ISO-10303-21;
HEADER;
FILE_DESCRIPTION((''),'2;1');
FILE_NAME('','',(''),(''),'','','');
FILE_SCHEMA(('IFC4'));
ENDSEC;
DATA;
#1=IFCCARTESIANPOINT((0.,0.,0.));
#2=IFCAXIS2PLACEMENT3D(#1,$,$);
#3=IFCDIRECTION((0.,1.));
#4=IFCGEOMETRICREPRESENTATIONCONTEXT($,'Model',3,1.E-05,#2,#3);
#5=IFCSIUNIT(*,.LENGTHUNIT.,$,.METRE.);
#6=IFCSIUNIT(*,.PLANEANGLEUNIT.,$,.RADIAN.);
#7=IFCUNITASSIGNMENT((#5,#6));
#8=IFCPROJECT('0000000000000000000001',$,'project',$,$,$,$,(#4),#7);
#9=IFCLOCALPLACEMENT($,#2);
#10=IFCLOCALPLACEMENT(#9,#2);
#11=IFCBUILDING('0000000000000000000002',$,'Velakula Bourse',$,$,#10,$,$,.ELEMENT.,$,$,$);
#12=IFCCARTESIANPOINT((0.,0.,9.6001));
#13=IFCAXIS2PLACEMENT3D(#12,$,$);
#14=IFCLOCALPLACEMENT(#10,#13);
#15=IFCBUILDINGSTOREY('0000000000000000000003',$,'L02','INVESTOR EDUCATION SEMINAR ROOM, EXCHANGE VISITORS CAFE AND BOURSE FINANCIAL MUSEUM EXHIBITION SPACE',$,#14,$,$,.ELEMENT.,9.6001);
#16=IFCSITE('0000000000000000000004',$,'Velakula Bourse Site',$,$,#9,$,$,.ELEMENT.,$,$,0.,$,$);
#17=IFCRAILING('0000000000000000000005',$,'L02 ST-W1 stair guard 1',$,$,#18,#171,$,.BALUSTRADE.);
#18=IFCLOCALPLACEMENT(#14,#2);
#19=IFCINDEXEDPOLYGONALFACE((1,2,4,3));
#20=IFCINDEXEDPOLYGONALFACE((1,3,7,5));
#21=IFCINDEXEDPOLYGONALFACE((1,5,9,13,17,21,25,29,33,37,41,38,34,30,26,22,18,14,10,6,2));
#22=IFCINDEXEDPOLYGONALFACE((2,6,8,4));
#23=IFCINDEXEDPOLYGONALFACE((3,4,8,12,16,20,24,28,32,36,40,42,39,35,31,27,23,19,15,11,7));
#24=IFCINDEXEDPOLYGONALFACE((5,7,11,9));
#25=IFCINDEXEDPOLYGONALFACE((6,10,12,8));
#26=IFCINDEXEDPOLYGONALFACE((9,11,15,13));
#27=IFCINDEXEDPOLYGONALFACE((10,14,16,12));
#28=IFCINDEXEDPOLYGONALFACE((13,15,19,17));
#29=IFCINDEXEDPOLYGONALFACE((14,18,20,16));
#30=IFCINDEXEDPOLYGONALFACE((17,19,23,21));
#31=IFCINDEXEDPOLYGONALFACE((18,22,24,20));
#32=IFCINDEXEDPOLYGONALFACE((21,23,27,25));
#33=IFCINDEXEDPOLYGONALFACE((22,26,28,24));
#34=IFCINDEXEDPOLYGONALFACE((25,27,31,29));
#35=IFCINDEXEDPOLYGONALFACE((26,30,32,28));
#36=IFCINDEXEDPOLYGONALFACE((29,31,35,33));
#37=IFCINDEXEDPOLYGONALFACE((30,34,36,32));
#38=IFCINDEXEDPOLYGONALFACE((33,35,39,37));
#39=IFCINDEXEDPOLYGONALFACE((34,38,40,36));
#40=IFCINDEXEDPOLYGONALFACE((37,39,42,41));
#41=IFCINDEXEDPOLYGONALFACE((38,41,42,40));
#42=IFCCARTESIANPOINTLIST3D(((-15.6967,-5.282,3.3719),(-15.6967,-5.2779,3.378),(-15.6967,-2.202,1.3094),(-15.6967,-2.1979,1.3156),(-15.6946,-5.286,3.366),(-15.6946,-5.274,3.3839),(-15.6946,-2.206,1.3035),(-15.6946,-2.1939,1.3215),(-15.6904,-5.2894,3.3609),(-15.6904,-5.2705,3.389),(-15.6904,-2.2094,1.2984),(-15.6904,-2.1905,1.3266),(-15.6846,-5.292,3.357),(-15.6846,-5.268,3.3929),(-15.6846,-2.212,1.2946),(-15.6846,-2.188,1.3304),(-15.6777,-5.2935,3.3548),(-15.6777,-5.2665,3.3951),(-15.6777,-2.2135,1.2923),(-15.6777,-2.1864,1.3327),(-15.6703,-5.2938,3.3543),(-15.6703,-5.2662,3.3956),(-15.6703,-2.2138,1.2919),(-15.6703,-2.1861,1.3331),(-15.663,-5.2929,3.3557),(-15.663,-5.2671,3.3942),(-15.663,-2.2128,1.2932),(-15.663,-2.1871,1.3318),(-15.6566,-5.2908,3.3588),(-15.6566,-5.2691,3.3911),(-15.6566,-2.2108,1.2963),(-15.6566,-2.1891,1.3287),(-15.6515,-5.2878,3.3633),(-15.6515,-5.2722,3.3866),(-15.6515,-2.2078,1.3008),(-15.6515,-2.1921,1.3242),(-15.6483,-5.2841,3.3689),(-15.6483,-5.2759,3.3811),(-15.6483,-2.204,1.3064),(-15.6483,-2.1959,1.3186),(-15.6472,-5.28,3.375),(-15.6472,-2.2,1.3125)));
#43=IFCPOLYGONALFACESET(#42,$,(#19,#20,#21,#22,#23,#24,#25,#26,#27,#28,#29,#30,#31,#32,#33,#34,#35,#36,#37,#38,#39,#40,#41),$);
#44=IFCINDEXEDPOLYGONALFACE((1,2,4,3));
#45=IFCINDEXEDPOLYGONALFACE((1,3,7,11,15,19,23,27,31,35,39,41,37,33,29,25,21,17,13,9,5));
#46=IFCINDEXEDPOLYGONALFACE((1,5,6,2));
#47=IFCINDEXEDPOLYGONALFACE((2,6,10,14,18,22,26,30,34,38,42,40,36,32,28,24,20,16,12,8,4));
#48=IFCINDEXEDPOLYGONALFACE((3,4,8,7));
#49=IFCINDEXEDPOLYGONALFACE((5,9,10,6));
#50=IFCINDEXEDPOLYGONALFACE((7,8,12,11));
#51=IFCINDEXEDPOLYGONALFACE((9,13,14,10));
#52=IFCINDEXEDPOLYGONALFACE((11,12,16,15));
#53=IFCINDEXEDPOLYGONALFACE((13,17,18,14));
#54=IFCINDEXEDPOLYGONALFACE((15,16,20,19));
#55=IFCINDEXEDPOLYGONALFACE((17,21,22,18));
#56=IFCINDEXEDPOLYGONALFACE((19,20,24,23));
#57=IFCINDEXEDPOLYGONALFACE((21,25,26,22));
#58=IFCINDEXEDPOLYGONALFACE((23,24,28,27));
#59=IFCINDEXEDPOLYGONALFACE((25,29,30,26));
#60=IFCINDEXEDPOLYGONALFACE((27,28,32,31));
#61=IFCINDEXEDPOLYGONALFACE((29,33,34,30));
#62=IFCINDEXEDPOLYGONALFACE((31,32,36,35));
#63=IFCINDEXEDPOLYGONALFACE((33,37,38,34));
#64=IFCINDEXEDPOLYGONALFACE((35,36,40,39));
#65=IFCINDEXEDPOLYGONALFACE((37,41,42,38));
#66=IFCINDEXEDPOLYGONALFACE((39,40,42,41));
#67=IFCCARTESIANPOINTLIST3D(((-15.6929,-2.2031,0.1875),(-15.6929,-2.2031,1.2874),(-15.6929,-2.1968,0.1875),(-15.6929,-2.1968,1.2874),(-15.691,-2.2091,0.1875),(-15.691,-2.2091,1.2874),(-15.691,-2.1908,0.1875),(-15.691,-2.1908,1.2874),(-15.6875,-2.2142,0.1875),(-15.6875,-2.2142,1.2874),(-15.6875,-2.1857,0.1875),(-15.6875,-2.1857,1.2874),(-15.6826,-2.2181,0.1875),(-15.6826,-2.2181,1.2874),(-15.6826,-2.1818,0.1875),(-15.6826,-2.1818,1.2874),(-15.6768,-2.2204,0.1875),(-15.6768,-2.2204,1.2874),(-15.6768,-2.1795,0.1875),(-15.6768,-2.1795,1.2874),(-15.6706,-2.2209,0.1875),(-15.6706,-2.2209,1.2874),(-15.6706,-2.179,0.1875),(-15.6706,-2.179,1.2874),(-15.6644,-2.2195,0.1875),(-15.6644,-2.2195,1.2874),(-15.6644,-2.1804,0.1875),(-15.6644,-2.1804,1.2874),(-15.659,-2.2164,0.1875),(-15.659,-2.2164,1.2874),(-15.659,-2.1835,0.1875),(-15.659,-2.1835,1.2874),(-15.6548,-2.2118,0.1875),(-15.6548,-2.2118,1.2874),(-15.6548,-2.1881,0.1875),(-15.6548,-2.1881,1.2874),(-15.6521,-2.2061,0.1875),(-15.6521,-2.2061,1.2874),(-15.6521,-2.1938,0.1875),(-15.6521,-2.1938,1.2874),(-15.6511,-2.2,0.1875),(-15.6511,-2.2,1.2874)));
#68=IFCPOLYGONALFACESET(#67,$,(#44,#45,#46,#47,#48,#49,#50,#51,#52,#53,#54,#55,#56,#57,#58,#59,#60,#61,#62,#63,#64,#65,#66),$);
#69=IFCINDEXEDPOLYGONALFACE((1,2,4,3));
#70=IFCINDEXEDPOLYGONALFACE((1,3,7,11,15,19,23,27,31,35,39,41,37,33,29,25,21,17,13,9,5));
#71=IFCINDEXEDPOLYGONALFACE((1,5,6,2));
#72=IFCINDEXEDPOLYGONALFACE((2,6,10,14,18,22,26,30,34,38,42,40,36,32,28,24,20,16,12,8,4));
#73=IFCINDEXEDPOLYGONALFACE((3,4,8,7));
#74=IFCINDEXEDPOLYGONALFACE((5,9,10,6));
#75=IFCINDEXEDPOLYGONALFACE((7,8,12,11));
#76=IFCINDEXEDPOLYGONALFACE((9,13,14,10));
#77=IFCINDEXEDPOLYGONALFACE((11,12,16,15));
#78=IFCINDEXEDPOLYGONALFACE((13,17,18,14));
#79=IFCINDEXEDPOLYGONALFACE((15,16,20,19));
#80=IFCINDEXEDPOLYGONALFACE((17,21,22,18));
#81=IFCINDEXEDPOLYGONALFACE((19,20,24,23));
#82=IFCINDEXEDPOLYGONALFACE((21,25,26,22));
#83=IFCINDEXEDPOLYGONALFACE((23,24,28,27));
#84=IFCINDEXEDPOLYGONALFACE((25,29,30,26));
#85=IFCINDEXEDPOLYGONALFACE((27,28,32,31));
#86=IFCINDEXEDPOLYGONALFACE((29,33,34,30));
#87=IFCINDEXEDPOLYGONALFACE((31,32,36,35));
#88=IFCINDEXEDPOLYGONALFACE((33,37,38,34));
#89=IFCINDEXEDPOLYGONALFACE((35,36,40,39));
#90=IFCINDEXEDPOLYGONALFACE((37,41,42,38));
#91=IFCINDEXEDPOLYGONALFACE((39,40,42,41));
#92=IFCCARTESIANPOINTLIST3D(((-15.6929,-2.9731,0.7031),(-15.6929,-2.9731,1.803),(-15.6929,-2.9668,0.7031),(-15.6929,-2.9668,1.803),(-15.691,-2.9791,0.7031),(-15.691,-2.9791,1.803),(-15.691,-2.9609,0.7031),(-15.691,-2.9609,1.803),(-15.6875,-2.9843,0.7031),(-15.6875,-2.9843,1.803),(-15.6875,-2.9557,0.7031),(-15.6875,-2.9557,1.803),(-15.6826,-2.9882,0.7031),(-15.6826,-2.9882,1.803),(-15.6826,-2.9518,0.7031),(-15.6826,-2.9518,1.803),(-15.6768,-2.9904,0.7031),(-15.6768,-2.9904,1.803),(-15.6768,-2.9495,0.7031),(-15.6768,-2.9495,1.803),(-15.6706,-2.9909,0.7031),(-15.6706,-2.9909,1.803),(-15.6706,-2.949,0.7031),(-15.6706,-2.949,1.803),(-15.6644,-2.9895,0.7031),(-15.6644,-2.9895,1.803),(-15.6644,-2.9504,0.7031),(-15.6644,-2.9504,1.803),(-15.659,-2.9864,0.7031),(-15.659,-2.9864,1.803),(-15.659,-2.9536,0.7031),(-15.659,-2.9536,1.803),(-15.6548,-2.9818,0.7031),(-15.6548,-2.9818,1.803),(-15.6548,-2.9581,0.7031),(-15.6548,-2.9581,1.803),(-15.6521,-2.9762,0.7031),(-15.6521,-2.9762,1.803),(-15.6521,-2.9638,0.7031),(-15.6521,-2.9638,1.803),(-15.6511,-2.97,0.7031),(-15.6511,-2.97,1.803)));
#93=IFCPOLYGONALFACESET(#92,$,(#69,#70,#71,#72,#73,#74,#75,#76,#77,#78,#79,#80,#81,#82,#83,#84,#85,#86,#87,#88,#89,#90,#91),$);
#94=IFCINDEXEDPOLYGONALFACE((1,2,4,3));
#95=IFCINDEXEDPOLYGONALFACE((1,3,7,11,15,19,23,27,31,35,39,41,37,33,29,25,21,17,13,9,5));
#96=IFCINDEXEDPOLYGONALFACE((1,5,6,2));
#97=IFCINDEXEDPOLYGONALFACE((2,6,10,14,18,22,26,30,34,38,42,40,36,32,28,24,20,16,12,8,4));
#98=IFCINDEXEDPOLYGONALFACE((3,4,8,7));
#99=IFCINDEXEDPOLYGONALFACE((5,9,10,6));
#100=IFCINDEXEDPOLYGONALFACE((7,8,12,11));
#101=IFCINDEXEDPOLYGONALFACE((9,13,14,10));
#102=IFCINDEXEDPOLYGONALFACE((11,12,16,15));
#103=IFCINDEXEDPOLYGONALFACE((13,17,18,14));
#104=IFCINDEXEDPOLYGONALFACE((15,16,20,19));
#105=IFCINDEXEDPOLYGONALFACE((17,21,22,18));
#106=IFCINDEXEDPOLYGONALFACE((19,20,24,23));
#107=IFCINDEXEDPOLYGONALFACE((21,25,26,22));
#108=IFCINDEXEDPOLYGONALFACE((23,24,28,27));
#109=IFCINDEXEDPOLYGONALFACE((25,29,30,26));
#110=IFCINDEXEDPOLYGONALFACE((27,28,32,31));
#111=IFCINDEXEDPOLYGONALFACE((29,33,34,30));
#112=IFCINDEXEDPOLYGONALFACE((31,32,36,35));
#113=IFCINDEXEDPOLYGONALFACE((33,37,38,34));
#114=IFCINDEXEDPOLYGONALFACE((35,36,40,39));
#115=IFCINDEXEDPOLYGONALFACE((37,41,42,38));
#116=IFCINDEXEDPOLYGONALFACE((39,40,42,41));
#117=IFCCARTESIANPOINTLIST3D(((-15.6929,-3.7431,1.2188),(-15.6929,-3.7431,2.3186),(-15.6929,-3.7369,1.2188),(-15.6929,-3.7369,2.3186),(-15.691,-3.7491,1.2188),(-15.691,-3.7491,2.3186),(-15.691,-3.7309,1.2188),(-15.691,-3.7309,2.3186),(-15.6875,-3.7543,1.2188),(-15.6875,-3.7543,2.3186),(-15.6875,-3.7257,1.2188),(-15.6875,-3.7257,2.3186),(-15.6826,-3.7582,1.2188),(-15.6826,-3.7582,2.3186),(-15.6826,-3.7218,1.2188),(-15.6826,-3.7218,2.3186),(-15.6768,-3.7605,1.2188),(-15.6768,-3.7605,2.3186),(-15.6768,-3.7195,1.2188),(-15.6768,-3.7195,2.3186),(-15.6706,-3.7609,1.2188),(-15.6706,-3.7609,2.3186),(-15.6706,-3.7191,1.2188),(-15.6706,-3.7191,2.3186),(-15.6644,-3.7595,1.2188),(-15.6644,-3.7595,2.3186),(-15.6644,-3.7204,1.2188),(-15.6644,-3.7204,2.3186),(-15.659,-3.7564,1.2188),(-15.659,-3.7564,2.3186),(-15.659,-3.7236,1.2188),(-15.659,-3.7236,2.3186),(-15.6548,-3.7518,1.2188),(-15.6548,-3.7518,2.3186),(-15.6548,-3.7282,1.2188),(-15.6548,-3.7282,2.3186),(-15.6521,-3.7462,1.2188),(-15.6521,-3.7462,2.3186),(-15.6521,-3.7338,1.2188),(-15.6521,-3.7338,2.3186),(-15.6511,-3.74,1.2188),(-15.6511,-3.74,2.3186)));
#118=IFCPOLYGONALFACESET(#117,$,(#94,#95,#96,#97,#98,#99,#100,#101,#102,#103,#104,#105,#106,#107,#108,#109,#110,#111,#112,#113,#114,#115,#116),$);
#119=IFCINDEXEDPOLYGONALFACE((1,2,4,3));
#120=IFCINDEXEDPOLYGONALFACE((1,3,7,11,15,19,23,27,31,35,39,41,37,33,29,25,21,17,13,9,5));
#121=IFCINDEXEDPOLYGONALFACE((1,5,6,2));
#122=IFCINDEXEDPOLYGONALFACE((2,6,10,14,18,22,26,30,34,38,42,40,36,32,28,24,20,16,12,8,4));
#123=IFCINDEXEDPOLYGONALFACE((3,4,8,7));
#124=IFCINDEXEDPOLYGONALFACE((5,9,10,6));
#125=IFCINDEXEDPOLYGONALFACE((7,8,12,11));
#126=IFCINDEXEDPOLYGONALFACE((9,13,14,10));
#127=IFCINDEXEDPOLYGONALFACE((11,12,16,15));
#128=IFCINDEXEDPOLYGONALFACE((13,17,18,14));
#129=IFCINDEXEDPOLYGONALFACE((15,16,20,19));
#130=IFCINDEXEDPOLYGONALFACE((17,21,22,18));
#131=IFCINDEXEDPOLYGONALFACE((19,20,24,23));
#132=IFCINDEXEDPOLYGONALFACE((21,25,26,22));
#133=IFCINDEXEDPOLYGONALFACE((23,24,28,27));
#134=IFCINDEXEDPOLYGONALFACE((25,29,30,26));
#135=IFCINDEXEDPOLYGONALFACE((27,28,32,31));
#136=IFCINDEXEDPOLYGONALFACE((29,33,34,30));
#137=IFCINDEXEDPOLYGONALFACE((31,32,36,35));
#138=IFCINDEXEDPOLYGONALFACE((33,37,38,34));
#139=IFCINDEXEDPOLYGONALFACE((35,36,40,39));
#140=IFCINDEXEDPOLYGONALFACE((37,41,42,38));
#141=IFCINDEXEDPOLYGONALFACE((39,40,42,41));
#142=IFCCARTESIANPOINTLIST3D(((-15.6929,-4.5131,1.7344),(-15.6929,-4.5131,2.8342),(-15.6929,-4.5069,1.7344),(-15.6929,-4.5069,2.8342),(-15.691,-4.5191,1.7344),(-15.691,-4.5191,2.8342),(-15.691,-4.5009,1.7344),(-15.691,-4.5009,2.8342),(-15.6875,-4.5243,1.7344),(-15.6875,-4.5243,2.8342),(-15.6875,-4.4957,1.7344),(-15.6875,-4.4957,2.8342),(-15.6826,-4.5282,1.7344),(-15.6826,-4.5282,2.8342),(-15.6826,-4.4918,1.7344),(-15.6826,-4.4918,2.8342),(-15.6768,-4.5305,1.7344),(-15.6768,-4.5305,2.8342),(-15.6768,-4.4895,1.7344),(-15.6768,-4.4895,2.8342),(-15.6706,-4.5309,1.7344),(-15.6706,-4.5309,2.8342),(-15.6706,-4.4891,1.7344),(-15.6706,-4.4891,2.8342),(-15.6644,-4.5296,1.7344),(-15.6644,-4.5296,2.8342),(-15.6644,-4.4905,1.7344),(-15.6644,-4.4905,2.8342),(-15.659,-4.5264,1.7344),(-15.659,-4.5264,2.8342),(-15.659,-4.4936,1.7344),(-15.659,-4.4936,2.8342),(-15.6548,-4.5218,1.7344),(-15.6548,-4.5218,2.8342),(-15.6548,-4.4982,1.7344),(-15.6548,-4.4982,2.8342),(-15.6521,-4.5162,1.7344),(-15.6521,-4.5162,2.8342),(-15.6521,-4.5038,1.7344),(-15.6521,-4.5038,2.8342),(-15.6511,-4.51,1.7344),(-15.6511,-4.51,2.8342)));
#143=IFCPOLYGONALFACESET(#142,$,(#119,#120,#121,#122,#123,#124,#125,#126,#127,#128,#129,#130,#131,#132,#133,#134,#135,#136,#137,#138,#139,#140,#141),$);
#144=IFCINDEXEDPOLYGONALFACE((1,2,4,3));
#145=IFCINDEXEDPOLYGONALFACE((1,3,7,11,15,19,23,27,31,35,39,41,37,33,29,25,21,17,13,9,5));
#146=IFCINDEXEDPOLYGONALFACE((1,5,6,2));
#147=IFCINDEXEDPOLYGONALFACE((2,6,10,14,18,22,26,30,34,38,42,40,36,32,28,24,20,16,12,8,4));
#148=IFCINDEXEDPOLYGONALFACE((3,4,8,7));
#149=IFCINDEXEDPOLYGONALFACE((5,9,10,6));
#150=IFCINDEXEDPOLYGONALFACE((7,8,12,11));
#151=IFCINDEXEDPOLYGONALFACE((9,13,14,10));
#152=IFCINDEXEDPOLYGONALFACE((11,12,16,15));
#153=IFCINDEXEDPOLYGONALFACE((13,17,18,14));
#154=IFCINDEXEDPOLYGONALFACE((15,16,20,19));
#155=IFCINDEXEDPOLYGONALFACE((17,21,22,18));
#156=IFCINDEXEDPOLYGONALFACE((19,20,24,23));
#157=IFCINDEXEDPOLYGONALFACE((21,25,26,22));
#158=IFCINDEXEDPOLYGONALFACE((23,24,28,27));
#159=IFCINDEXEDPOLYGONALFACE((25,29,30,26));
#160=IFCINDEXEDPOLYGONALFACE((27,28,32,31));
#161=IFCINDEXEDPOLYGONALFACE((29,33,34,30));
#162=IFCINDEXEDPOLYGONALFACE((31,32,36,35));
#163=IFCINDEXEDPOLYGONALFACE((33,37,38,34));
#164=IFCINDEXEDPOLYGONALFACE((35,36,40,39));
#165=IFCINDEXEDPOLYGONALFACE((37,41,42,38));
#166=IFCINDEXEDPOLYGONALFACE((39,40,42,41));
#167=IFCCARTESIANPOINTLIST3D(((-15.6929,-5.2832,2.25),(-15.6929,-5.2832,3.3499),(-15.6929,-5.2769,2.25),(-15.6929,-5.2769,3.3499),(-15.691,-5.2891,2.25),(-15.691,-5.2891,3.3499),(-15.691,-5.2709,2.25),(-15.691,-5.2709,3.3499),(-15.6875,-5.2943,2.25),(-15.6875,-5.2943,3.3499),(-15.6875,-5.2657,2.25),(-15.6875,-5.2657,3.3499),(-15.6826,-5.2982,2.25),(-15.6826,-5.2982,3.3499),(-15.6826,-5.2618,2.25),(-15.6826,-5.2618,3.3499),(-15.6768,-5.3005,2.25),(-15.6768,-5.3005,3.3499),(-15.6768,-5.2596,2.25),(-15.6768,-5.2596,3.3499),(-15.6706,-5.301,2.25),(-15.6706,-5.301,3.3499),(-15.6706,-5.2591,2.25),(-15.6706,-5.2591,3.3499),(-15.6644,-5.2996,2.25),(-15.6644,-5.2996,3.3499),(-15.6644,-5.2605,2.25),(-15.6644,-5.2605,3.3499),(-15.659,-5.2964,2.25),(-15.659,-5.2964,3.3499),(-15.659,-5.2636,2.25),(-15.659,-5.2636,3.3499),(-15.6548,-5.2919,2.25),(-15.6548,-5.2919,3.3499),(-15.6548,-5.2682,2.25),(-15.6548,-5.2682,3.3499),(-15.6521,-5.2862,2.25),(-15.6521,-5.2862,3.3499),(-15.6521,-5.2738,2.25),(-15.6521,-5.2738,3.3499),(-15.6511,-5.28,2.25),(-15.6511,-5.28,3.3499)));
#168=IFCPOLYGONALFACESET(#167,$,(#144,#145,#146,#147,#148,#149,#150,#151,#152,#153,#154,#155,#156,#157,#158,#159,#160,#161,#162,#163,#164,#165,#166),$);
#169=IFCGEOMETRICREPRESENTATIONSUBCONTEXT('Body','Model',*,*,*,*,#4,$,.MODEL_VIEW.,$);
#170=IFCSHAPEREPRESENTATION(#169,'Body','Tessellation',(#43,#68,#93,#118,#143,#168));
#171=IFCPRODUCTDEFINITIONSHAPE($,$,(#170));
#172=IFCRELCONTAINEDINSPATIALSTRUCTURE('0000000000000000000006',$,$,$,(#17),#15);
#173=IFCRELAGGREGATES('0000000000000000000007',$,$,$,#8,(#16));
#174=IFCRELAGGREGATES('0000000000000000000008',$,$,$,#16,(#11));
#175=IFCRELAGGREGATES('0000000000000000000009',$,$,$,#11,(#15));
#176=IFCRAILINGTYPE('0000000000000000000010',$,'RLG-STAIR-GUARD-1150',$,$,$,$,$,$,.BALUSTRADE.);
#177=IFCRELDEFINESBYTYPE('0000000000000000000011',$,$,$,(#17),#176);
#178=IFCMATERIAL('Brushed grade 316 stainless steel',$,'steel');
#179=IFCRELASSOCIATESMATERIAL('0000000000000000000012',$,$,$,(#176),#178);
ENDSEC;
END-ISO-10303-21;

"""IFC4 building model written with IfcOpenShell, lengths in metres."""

from ifc_helpers import new_model, si_unit, direction, frame, origin, origin_2d, place, context, subcontext, project, spatial, circle, extrude, material, type_object, element, save


model = new_model("IFC4")

# Units and contexts
model_context = context("Model", 3, precision=1e-05, world=origin(), true_north=direction((0.0, 1.0)))
body_context = subcontext(model_context, "Body", "Model", "MODEL_VIEW")
ifc_project = project(units=[si_unit("LENGTHUNIT", "METRE"), si_unit("PLANEANGLEUNIT", "RADIAN")], contexts=[model_context])

# Site, building, storey
site_placement = place(None, origin())
site = spatial("IfcSite", under=ifc_project, at=site_placement, Name="Velakula Bourse Site", CompositionType="ELEMENT", RefElevation=0.0)
building_placement = place(site_placement, origin())
building = spatial("IfcBuilding", under=site, at=building_placement, Name="Velakula Bourse", CompositionType="ELEMENT")
storey_placement = place(building_placement, frame((0.0, 0.0, 9.6001)))
storey = spatial("IfcBuildingStorey", under=building, at=storey_placement, Name="L02", Description="INVESTOR EDUCATION SEMINAR ROOM, EXCHANGE VISITORS CAFE AND BOURSE FINANCIAL MUSEUM EXHIBITION SPACE", CompositionType="ELEMENT", Elevation=9.6001)

# Shared definitions
ifc_material_1 = material(Name="Brushed grade 316 stainless steel", Category="steel")

# Railing
railing_type_1 = type_object("IfcRailingType", Name="RLG-STAIR-GUARD-1150", PredefinedType="BALUSTRADE", material=ifc_material_1)
railing_1_placement = place(storey_placement, frame((-15.6721, -2.2, 0.1875)))
element("IfcRailing", 1, at=railing_1_placement, inside=storey, type_object=railing_type_1, Name="L02 ST-W1 stair guard 1", PredefinedType="BALUSTRADE", context=body_context, shape_type="SweptSolid", body=[
    extrude(circle(Radius=0.0249, at=origin_2d()), frame((0.0, 0.0, 1.125), z_axis=(0.0, -0.830914, 0.556401), x_axis=(1.0, 0.0, 0.0)), (0.0, 0.0, 1.0), 3.7068),
    extrude(circle(Radius=0.021, at=origin_2d()), origin(), (0.0, 0.0, 1.0), 1.0999),
    extrude(circle(Radius=0.021, at=origin_2d()), frame((0.0, -0.77, 0.5156)), (0.0, 0.0, 1.0), 1.0999),
    extrude(circle(Radius=0.021, at=origin_2d()), frame((0.0, -1.54, 1.0312)), (0.0, 0.0, 1.0), 1.0999),
    extrude(circle(Radius=0.021, at=origin_2d()), frame((0.0, -2.3101, 1.5469)), (0.0, 0.0, 1.0), 1.0999),
    extrude(circle(Radius=0.021, at=origin_2d()), frame((0.0, -3.0801, 2.0625)), (0.0, 0.0, 1.0), 1.0999),
])

save(model, "model.ifc")
